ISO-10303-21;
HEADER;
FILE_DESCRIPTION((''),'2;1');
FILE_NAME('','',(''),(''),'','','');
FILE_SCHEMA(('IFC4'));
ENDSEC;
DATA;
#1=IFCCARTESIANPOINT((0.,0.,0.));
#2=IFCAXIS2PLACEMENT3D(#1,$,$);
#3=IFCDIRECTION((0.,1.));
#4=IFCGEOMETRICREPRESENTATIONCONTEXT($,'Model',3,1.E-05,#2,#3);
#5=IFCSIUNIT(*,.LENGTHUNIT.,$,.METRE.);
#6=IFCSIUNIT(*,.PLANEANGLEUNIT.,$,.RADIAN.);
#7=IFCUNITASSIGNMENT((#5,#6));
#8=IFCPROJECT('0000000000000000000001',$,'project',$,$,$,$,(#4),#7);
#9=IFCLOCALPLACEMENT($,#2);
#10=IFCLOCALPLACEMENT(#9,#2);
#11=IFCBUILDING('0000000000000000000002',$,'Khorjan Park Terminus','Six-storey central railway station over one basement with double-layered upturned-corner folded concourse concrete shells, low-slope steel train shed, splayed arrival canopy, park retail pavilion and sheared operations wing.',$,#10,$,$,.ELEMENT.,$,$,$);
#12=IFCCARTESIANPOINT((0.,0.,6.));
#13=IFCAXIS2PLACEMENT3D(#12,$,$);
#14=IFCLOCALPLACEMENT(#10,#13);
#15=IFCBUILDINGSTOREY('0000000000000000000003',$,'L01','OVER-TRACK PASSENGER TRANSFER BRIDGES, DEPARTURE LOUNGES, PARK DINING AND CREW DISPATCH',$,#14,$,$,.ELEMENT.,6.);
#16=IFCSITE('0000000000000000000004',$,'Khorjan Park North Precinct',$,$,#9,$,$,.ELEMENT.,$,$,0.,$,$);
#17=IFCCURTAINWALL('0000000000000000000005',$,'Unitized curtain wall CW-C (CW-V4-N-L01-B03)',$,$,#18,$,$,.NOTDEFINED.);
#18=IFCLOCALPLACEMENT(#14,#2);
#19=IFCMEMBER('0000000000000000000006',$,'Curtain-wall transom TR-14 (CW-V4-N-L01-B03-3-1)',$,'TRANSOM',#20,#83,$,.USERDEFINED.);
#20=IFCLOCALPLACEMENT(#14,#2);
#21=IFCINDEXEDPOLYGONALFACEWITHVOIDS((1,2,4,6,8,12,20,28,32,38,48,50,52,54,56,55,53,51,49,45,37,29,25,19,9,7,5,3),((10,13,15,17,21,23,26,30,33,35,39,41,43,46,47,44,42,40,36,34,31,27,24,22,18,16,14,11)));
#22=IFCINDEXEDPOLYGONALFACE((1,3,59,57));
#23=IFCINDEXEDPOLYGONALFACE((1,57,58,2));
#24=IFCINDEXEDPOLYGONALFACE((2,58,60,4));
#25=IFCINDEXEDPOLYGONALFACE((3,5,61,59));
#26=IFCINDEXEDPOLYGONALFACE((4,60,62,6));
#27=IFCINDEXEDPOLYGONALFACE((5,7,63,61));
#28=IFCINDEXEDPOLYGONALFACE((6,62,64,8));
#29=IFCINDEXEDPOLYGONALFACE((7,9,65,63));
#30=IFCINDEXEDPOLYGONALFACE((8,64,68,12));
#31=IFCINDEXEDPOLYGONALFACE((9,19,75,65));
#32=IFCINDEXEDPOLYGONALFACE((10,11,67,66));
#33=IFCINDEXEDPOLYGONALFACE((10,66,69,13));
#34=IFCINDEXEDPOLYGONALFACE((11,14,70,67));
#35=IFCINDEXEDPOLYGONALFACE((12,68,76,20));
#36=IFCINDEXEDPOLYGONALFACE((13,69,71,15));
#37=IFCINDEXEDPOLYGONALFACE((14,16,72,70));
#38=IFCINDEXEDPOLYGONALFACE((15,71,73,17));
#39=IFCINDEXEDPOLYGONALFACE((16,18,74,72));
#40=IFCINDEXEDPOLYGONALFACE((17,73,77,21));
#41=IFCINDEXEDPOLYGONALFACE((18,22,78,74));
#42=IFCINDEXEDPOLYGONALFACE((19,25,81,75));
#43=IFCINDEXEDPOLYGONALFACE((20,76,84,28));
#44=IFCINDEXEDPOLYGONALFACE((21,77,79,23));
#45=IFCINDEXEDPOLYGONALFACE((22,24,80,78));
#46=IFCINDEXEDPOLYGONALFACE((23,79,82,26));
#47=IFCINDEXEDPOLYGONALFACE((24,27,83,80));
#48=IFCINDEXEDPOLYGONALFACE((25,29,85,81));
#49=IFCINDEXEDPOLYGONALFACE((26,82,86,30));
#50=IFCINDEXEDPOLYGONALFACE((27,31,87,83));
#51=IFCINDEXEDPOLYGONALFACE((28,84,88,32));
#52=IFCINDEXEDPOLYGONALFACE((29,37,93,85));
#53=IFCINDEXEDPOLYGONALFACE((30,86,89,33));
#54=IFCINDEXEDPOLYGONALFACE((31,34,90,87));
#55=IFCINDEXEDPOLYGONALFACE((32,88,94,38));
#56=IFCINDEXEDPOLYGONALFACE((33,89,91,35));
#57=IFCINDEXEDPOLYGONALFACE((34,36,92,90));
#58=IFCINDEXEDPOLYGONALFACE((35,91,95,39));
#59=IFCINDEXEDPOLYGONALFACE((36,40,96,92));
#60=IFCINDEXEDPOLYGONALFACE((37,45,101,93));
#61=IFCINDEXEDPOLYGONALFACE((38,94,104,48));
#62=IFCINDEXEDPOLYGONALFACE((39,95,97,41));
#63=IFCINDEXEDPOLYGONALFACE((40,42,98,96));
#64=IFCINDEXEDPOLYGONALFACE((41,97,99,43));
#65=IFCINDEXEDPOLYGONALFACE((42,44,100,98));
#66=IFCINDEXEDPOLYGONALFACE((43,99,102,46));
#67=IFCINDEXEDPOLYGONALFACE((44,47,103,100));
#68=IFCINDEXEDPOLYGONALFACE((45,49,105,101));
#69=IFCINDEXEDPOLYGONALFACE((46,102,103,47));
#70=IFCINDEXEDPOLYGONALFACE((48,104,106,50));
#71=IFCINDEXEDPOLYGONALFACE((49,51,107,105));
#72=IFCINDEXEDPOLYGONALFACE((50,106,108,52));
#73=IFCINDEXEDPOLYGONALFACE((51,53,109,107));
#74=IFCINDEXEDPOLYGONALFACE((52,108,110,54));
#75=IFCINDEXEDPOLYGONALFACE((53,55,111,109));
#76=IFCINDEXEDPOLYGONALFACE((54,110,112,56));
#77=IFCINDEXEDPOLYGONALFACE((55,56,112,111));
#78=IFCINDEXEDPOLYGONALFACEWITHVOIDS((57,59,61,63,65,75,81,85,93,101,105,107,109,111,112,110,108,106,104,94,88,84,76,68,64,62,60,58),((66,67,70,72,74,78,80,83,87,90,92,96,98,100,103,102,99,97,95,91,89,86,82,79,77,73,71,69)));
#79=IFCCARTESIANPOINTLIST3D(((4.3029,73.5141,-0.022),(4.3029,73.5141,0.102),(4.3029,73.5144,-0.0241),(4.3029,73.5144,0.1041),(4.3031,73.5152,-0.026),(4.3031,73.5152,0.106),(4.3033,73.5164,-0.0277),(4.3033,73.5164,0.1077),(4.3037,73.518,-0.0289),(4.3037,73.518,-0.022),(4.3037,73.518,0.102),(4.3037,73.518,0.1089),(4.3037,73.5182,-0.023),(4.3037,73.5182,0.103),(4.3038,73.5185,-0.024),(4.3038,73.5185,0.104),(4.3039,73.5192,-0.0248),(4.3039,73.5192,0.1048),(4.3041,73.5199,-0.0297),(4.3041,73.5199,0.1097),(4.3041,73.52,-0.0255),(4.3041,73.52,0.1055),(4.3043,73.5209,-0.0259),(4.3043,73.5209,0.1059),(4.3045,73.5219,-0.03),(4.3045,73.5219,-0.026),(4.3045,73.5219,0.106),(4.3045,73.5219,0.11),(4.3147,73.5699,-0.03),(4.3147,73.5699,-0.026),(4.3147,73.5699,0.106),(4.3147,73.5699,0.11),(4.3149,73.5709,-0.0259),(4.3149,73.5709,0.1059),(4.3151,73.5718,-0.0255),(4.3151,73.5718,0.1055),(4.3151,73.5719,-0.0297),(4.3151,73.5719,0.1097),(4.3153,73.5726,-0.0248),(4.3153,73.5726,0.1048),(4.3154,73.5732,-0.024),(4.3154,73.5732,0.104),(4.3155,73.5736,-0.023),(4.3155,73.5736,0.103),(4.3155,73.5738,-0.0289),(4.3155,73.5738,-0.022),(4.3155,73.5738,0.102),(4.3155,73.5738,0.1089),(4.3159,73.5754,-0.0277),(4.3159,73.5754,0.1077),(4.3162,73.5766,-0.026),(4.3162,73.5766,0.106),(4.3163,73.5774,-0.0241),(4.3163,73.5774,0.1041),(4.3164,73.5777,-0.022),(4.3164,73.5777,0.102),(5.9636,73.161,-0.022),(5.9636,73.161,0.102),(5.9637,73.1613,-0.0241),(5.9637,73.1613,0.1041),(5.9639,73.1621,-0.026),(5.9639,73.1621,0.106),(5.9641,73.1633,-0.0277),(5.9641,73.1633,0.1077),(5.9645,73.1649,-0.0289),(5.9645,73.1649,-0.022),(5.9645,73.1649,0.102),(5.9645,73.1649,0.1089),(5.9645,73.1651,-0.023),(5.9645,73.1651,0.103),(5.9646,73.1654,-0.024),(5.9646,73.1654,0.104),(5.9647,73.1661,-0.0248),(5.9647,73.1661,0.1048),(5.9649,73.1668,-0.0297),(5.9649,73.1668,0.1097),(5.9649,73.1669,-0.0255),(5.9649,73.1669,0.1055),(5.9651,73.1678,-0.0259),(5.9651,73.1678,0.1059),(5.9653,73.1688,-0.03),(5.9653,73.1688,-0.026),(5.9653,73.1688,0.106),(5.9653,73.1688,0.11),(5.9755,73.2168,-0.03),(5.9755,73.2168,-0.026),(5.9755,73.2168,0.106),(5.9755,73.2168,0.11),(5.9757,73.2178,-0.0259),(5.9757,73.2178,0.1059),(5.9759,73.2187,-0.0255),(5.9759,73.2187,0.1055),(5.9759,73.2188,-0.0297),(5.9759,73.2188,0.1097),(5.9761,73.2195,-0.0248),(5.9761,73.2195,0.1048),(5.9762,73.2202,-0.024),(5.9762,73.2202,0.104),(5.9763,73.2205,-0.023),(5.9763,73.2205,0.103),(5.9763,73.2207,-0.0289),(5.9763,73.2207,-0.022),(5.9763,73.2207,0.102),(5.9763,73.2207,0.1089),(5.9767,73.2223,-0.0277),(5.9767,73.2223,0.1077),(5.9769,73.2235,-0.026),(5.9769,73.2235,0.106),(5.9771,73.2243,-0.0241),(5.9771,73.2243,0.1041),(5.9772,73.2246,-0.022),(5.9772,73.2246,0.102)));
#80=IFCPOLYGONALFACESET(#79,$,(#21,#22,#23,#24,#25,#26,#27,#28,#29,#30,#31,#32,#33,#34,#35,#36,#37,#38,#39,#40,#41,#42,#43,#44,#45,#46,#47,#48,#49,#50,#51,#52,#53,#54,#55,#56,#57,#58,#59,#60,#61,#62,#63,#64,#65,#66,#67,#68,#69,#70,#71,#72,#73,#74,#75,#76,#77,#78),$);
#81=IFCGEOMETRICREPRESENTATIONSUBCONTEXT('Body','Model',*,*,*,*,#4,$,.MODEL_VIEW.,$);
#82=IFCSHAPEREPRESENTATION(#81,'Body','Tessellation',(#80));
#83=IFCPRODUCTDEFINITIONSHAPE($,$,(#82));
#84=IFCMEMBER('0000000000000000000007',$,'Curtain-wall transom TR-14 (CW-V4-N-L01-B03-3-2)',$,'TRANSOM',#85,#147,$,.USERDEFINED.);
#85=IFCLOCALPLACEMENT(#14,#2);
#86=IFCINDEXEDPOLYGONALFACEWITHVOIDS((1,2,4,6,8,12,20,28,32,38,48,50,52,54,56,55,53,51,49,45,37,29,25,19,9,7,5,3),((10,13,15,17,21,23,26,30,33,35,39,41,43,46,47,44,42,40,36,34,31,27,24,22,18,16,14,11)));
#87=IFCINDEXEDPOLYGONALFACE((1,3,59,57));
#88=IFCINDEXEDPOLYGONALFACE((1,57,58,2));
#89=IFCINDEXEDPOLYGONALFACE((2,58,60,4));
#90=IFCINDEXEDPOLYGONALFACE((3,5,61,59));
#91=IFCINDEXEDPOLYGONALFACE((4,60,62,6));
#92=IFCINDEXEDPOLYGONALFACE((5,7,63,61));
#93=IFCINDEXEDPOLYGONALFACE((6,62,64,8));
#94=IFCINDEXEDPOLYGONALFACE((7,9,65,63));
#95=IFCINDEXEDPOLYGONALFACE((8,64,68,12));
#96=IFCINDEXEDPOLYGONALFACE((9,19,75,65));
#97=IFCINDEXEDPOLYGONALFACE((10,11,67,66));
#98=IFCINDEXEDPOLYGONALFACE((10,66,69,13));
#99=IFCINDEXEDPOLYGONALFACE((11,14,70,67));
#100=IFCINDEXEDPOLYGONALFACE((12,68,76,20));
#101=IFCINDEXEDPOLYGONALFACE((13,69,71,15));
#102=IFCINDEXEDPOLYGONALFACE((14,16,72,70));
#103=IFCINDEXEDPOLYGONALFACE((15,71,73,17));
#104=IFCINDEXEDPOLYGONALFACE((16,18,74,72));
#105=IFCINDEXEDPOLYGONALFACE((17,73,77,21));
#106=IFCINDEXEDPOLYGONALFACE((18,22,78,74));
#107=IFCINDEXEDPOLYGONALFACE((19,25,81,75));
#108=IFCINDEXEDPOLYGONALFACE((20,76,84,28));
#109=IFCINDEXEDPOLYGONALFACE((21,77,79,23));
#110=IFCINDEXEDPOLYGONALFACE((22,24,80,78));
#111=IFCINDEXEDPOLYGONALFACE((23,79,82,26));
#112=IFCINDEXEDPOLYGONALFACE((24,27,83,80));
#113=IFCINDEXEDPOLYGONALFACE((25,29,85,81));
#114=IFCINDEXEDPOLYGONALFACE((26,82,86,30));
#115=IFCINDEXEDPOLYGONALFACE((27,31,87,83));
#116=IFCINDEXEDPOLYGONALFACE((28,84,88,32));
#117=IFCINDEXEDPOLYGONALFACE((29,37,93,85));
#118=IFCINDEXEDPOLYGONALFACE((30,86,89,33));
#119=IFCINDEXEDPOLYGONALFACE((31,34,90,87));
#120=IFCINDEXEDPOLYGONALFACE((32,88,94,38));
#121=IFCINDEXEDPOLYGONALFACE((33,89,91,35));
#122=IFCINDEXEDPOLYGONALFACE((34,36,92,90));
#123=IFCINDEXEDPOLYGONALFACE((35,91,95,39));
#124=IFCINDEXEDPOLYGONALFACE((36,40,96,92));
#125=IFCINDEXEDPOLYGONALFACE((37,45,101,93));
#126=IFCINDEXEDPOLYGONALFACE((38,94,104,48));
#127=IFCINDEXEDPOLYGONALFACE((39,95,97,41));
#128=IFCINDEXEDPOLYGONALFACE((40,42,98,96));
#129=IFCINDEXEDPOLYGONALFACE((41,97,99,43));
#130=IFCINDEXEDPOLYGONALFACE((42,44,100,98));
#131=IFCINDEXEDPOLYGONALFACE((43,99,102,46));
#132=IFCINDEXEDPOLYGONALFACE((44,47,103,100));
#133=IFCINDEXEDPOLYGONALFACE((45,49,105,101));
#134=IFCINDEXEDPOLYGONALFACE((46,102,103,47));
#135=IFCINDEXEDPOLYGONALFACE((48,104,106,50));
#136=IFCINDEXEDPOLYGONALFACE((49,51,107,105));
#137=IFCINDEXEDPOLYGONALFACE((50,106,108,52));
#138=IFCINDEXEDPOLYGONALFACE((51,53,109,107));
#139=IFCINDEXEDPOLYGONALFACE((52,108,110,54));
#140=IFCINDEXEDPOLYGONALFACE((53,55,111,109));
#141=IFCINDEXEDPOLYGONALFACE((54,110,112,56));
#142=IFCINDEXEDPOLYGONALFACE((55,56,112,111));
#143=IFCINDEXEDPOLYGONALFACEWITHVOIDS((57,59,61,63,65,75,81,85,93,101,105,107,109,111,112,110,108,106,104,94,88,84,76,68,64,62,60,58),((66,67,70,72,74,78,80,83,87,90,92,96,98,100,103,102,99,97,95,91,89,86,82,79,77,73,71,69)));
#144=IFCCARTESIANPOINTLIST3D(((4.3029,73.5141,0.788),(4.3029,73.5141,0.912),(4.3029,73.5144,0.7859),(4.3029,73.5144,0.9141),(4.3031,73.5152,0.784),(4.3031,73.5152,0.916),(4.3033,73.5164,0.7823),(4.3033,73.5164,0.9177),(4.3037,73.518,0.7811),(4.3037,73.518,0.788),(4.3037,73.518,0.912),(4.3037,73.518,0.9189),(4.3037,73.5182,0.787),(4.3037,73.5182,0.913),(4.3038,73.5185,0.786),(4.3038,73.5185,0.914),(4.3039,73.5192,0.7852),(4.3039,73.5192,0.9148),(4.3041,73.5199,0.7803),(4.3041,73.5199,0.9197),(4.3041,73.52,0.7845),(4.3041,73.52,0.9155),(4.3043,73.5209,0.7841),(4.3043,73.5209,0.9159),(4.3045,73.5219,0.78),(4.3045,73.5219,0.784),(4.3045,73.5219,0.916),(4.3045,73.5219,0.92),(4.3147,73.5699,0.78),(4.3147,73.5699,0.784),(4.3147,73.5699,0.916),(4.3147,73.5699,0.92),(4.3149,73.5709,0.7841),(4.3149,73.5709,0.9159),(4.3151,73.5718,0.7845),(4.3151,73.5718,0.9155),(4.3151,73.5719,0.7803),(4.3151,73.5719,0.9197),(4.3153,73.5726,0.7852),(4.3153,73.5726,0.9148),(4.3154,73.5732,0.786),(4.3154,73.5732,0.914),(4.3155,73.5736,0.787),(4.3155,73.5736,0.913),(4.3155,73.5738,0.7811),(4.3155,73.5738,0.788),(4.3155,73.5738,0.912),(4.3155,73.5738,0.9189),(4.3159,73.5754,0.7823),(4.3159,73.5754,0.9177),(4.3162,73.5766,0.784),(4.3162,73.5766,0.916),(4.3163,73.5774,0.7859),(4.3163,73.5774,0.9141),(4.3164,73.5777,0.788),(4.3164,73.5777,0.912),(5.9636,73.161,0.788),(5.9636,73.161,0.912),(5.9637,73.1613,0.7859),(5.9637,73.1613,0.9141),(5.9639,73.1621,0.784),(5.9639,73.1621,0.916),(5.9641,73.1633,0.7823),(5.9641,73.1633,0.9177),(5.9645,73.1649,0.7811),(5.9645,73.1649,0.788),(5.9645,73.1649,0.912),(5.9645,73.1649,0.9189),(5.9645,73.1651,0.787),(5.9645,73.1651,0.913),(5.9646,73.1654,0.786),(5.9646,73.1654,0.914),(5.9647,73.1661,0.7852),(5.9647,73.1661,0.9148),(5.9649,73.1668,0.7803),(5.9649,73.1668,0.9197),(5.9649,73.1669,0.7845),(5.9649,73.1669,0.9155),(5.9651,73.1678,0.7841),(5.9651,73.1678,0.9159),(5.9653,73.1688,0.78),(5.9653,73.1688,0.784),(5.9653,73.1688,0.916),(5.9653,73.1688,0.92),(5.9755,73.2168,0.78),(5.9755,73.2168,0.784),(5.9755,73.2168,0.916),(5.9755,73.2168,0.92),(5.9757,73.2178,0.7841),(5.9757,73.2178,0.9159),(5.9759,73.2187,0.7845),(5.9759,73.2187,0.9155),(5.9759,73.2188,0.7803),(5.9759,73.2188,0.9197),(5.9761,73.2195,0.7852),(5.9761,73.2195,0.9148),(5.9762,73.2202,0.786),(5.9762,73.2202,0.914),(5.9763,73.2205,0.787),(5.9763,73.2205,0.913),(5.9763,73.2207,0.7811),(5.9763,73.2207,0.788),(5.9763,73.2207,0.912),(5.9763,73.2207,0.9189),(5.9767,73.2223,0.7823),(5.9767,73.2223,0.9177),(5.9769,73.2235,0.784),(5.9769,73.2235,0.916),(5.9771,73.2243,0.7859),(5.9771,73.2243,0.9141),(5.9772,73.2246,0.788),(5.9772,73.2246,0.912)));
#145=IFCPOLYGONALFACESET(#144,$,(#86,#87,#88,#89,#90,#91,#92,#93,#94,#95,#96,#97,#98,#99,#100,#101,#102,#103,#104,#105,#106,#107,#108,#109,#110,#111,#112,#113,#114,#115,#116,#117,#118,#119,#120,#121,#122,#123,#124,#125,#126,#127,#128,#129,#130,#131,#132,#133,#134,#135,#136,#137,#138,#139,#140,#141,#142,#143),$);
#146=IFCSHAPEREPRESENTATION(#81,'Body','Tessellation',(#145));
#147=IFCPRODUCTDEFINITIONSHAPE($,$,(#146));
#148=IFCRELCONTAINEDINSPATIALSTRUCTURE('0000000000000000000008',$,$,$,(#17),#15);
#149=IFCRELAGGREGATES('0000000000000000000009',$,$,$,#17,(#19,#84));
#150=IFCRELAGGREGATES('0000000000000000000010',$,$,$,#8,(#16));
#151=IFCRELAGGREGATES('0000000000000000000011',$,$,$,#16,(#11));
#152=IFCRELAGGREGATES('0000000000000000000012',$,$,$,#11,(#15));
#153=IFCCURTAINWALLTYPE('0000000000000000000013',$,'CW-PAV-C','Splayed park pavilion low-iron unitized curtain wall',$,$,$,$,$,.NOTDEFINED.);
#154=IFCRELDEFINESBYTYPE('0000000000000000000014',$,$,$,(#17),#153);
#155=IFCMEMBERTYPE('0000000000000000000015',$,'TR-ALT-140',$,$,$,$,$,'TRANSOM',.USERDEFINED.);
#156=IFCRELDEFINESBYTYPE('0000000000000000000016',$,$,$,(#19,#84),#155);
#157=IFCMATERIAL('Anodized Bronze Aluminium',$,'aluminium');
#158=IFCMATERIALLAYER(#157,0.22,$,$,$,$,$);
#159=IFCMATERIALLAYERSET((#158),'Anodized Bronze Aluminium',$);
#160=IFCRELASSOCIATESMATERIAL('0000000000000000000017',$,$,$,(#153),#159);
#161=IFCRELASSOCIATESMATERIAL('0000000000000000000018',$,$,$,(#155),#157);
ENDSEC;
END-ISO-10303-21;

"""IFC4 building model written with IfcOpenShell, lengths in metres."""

from ifc_helpers import new_model, si_unit, direction, frame, origin, origin_2d, place, context, subcontext, project, spatial, hollow_rectangle, extrude, material, layer, layer_set, material_profile, profile_set, type_object, element, aggregate, save


model = new_model("IFC4")

# Units and contexts
model_context = context("Model", 3, precision=1e-05, world=origin(), true_north=direction((0.0, 1.0)))
body_context = subcontext(model_context, "Body", "Model", "MODEL_VIEW")
ifc_project = project(units=[si_unit("LENGTHUNIT", "METRE"), si_unit("PLANEANGLEUNIT", "RADIAN")], contexts=[model_context])

# Site, building, storey
site_placement = place(None, origin())
site = spatial("IfcSite", under=ifc_project, at=site_placement, Name="Khorjan Park North Precinct", CompositionType="ELEMENT", RefElevation=0.0)
building_placement = place(site_placement, origin())
building = spatial("IfcBuilding", under=site, at=building_placement, Name="Khorjan Park Terminus", Description="Six-storey central railway station over one basement with double-layered upturned-corner folded concourse concrete shells, low-slope steel train shed, splayed arrival canopy, park retail pavilion and sheared operations wing.", CompositionType="ELEMENT")
storey_placement = place(building_placement, frame((0.0, 0.0, 6.0)))
storey = spatial("IfcBuildingStorey", under=building, at=storey_placement, Name="L01", Description="OVER-TRACK PASSENGER TRANSFER BRIDGES, DEPARTURE LOUNGES, PARK DINING AND CREW DISPATCH", CompositionType="ELEMENT", Elevation=6.0)

# Curtain wall
ifc_material_1 = material(Name="Anodized Bronze Aluminium", Category="aluminium")
ifc_layer_1 = layer(ifc_material_1, 0.22)
ifc_layer_set_1 = layer_set([ifc_layer_1], Name="Anodized Bronze Aluminium")
curtain_wall_type = type_object("IfcCurtainWallType", Name="CW-PAV-C", Description="Splayed park pavilion low-iron unitized curtain wall", PredefinedType="NOTDEFINED", material=ifc_layer_set_1)
curtain_wall_1_placement = place(storey_placement, origin())
curtain_wall_1 = element("IfcCurtainWall", 1, at=curtain_wall_1_placement, inside=storey, type_object=curtain_wall_type, Name="Unitized curtain wall CW-C (CW-V4-N-L01-B03)", PredefinedType="NOTDEFINED")

# Members
ifc_material_profile_1 = material_profile(ifc_material_1, hollow_rectangle(XDim=0.065, YDim=0.14, WallThickness=0.004, InnerFilletRadius=0.004, OuterFilletRadius=0.008, at=origin_2d()), Name="ALT 65x140x4")
ifc_profile_set_1 = profile_set([ifc_material_profile_1], Name="Anodized Bronze Aluminium")
member_type_1 = type_object("IfcMemberType", Name="TR-ALT-140", ElementType="TRANSOM", PredefinedType="USERDEFINED", material=ifc_profile_set_1)
member_1_placement = place(storey_placement, frame((5.9704, 73.1928, 0.04), z_axis=(-0.978137, 0.20796, 0.0), x_axis=(-0.20796, -0.978137, 0.0)))
member_1 = element("IfcMember", 2, at=member_1_placement, type_object=member_type_1, Name="Curtain-wall transom TR-14 (CW-V4-N-L01-B03-3-1)", ObjectType="TRANSOM", PredefinedType="USERDEFINED", context=body_context, shape_type="SweptSolid", body=[
    extrude(hollow_rectangle(XDim=0.065, YDim=0.14, WallThickness=0.004, InnerFilletRadius=0.004, OuterFilletRadius=0.008, at=origin_2d()), origin(), (0.0, 0.0, 1.0), 1.6979),
])
member_2_placement = place(storey_placement, frame((5.9704, 73.1928, 0.85), z_axis=(-0.978137, 0.20796, 0.0), x_axis=(-0.20796, -0.978137, 0.0)))
member_2 = element("IfcMember", 3, at=member_2_placement, type_object=member_type_1, Name="Curtain-wall transom TR-14 (CW-V4-N-L01-B03-3-2)", ObjectType="TRANSOM", PredefinedType="USERDEFINED", context=body_context, shape_type="SweptSolid", body=[
    extrude(hollow_rectangle(XDim=0.065, YDim=0.14, WallThickness=0.004, InnerFilletRadius=0.004, OuterFilletRadius=0.008, at=origin_2d()), origin(), (0.0, 0.0, 1.0), 1.6979),
])

aggregate(curtain_wall_1, [member_1, member_2])

save(model, "model.ifc")
